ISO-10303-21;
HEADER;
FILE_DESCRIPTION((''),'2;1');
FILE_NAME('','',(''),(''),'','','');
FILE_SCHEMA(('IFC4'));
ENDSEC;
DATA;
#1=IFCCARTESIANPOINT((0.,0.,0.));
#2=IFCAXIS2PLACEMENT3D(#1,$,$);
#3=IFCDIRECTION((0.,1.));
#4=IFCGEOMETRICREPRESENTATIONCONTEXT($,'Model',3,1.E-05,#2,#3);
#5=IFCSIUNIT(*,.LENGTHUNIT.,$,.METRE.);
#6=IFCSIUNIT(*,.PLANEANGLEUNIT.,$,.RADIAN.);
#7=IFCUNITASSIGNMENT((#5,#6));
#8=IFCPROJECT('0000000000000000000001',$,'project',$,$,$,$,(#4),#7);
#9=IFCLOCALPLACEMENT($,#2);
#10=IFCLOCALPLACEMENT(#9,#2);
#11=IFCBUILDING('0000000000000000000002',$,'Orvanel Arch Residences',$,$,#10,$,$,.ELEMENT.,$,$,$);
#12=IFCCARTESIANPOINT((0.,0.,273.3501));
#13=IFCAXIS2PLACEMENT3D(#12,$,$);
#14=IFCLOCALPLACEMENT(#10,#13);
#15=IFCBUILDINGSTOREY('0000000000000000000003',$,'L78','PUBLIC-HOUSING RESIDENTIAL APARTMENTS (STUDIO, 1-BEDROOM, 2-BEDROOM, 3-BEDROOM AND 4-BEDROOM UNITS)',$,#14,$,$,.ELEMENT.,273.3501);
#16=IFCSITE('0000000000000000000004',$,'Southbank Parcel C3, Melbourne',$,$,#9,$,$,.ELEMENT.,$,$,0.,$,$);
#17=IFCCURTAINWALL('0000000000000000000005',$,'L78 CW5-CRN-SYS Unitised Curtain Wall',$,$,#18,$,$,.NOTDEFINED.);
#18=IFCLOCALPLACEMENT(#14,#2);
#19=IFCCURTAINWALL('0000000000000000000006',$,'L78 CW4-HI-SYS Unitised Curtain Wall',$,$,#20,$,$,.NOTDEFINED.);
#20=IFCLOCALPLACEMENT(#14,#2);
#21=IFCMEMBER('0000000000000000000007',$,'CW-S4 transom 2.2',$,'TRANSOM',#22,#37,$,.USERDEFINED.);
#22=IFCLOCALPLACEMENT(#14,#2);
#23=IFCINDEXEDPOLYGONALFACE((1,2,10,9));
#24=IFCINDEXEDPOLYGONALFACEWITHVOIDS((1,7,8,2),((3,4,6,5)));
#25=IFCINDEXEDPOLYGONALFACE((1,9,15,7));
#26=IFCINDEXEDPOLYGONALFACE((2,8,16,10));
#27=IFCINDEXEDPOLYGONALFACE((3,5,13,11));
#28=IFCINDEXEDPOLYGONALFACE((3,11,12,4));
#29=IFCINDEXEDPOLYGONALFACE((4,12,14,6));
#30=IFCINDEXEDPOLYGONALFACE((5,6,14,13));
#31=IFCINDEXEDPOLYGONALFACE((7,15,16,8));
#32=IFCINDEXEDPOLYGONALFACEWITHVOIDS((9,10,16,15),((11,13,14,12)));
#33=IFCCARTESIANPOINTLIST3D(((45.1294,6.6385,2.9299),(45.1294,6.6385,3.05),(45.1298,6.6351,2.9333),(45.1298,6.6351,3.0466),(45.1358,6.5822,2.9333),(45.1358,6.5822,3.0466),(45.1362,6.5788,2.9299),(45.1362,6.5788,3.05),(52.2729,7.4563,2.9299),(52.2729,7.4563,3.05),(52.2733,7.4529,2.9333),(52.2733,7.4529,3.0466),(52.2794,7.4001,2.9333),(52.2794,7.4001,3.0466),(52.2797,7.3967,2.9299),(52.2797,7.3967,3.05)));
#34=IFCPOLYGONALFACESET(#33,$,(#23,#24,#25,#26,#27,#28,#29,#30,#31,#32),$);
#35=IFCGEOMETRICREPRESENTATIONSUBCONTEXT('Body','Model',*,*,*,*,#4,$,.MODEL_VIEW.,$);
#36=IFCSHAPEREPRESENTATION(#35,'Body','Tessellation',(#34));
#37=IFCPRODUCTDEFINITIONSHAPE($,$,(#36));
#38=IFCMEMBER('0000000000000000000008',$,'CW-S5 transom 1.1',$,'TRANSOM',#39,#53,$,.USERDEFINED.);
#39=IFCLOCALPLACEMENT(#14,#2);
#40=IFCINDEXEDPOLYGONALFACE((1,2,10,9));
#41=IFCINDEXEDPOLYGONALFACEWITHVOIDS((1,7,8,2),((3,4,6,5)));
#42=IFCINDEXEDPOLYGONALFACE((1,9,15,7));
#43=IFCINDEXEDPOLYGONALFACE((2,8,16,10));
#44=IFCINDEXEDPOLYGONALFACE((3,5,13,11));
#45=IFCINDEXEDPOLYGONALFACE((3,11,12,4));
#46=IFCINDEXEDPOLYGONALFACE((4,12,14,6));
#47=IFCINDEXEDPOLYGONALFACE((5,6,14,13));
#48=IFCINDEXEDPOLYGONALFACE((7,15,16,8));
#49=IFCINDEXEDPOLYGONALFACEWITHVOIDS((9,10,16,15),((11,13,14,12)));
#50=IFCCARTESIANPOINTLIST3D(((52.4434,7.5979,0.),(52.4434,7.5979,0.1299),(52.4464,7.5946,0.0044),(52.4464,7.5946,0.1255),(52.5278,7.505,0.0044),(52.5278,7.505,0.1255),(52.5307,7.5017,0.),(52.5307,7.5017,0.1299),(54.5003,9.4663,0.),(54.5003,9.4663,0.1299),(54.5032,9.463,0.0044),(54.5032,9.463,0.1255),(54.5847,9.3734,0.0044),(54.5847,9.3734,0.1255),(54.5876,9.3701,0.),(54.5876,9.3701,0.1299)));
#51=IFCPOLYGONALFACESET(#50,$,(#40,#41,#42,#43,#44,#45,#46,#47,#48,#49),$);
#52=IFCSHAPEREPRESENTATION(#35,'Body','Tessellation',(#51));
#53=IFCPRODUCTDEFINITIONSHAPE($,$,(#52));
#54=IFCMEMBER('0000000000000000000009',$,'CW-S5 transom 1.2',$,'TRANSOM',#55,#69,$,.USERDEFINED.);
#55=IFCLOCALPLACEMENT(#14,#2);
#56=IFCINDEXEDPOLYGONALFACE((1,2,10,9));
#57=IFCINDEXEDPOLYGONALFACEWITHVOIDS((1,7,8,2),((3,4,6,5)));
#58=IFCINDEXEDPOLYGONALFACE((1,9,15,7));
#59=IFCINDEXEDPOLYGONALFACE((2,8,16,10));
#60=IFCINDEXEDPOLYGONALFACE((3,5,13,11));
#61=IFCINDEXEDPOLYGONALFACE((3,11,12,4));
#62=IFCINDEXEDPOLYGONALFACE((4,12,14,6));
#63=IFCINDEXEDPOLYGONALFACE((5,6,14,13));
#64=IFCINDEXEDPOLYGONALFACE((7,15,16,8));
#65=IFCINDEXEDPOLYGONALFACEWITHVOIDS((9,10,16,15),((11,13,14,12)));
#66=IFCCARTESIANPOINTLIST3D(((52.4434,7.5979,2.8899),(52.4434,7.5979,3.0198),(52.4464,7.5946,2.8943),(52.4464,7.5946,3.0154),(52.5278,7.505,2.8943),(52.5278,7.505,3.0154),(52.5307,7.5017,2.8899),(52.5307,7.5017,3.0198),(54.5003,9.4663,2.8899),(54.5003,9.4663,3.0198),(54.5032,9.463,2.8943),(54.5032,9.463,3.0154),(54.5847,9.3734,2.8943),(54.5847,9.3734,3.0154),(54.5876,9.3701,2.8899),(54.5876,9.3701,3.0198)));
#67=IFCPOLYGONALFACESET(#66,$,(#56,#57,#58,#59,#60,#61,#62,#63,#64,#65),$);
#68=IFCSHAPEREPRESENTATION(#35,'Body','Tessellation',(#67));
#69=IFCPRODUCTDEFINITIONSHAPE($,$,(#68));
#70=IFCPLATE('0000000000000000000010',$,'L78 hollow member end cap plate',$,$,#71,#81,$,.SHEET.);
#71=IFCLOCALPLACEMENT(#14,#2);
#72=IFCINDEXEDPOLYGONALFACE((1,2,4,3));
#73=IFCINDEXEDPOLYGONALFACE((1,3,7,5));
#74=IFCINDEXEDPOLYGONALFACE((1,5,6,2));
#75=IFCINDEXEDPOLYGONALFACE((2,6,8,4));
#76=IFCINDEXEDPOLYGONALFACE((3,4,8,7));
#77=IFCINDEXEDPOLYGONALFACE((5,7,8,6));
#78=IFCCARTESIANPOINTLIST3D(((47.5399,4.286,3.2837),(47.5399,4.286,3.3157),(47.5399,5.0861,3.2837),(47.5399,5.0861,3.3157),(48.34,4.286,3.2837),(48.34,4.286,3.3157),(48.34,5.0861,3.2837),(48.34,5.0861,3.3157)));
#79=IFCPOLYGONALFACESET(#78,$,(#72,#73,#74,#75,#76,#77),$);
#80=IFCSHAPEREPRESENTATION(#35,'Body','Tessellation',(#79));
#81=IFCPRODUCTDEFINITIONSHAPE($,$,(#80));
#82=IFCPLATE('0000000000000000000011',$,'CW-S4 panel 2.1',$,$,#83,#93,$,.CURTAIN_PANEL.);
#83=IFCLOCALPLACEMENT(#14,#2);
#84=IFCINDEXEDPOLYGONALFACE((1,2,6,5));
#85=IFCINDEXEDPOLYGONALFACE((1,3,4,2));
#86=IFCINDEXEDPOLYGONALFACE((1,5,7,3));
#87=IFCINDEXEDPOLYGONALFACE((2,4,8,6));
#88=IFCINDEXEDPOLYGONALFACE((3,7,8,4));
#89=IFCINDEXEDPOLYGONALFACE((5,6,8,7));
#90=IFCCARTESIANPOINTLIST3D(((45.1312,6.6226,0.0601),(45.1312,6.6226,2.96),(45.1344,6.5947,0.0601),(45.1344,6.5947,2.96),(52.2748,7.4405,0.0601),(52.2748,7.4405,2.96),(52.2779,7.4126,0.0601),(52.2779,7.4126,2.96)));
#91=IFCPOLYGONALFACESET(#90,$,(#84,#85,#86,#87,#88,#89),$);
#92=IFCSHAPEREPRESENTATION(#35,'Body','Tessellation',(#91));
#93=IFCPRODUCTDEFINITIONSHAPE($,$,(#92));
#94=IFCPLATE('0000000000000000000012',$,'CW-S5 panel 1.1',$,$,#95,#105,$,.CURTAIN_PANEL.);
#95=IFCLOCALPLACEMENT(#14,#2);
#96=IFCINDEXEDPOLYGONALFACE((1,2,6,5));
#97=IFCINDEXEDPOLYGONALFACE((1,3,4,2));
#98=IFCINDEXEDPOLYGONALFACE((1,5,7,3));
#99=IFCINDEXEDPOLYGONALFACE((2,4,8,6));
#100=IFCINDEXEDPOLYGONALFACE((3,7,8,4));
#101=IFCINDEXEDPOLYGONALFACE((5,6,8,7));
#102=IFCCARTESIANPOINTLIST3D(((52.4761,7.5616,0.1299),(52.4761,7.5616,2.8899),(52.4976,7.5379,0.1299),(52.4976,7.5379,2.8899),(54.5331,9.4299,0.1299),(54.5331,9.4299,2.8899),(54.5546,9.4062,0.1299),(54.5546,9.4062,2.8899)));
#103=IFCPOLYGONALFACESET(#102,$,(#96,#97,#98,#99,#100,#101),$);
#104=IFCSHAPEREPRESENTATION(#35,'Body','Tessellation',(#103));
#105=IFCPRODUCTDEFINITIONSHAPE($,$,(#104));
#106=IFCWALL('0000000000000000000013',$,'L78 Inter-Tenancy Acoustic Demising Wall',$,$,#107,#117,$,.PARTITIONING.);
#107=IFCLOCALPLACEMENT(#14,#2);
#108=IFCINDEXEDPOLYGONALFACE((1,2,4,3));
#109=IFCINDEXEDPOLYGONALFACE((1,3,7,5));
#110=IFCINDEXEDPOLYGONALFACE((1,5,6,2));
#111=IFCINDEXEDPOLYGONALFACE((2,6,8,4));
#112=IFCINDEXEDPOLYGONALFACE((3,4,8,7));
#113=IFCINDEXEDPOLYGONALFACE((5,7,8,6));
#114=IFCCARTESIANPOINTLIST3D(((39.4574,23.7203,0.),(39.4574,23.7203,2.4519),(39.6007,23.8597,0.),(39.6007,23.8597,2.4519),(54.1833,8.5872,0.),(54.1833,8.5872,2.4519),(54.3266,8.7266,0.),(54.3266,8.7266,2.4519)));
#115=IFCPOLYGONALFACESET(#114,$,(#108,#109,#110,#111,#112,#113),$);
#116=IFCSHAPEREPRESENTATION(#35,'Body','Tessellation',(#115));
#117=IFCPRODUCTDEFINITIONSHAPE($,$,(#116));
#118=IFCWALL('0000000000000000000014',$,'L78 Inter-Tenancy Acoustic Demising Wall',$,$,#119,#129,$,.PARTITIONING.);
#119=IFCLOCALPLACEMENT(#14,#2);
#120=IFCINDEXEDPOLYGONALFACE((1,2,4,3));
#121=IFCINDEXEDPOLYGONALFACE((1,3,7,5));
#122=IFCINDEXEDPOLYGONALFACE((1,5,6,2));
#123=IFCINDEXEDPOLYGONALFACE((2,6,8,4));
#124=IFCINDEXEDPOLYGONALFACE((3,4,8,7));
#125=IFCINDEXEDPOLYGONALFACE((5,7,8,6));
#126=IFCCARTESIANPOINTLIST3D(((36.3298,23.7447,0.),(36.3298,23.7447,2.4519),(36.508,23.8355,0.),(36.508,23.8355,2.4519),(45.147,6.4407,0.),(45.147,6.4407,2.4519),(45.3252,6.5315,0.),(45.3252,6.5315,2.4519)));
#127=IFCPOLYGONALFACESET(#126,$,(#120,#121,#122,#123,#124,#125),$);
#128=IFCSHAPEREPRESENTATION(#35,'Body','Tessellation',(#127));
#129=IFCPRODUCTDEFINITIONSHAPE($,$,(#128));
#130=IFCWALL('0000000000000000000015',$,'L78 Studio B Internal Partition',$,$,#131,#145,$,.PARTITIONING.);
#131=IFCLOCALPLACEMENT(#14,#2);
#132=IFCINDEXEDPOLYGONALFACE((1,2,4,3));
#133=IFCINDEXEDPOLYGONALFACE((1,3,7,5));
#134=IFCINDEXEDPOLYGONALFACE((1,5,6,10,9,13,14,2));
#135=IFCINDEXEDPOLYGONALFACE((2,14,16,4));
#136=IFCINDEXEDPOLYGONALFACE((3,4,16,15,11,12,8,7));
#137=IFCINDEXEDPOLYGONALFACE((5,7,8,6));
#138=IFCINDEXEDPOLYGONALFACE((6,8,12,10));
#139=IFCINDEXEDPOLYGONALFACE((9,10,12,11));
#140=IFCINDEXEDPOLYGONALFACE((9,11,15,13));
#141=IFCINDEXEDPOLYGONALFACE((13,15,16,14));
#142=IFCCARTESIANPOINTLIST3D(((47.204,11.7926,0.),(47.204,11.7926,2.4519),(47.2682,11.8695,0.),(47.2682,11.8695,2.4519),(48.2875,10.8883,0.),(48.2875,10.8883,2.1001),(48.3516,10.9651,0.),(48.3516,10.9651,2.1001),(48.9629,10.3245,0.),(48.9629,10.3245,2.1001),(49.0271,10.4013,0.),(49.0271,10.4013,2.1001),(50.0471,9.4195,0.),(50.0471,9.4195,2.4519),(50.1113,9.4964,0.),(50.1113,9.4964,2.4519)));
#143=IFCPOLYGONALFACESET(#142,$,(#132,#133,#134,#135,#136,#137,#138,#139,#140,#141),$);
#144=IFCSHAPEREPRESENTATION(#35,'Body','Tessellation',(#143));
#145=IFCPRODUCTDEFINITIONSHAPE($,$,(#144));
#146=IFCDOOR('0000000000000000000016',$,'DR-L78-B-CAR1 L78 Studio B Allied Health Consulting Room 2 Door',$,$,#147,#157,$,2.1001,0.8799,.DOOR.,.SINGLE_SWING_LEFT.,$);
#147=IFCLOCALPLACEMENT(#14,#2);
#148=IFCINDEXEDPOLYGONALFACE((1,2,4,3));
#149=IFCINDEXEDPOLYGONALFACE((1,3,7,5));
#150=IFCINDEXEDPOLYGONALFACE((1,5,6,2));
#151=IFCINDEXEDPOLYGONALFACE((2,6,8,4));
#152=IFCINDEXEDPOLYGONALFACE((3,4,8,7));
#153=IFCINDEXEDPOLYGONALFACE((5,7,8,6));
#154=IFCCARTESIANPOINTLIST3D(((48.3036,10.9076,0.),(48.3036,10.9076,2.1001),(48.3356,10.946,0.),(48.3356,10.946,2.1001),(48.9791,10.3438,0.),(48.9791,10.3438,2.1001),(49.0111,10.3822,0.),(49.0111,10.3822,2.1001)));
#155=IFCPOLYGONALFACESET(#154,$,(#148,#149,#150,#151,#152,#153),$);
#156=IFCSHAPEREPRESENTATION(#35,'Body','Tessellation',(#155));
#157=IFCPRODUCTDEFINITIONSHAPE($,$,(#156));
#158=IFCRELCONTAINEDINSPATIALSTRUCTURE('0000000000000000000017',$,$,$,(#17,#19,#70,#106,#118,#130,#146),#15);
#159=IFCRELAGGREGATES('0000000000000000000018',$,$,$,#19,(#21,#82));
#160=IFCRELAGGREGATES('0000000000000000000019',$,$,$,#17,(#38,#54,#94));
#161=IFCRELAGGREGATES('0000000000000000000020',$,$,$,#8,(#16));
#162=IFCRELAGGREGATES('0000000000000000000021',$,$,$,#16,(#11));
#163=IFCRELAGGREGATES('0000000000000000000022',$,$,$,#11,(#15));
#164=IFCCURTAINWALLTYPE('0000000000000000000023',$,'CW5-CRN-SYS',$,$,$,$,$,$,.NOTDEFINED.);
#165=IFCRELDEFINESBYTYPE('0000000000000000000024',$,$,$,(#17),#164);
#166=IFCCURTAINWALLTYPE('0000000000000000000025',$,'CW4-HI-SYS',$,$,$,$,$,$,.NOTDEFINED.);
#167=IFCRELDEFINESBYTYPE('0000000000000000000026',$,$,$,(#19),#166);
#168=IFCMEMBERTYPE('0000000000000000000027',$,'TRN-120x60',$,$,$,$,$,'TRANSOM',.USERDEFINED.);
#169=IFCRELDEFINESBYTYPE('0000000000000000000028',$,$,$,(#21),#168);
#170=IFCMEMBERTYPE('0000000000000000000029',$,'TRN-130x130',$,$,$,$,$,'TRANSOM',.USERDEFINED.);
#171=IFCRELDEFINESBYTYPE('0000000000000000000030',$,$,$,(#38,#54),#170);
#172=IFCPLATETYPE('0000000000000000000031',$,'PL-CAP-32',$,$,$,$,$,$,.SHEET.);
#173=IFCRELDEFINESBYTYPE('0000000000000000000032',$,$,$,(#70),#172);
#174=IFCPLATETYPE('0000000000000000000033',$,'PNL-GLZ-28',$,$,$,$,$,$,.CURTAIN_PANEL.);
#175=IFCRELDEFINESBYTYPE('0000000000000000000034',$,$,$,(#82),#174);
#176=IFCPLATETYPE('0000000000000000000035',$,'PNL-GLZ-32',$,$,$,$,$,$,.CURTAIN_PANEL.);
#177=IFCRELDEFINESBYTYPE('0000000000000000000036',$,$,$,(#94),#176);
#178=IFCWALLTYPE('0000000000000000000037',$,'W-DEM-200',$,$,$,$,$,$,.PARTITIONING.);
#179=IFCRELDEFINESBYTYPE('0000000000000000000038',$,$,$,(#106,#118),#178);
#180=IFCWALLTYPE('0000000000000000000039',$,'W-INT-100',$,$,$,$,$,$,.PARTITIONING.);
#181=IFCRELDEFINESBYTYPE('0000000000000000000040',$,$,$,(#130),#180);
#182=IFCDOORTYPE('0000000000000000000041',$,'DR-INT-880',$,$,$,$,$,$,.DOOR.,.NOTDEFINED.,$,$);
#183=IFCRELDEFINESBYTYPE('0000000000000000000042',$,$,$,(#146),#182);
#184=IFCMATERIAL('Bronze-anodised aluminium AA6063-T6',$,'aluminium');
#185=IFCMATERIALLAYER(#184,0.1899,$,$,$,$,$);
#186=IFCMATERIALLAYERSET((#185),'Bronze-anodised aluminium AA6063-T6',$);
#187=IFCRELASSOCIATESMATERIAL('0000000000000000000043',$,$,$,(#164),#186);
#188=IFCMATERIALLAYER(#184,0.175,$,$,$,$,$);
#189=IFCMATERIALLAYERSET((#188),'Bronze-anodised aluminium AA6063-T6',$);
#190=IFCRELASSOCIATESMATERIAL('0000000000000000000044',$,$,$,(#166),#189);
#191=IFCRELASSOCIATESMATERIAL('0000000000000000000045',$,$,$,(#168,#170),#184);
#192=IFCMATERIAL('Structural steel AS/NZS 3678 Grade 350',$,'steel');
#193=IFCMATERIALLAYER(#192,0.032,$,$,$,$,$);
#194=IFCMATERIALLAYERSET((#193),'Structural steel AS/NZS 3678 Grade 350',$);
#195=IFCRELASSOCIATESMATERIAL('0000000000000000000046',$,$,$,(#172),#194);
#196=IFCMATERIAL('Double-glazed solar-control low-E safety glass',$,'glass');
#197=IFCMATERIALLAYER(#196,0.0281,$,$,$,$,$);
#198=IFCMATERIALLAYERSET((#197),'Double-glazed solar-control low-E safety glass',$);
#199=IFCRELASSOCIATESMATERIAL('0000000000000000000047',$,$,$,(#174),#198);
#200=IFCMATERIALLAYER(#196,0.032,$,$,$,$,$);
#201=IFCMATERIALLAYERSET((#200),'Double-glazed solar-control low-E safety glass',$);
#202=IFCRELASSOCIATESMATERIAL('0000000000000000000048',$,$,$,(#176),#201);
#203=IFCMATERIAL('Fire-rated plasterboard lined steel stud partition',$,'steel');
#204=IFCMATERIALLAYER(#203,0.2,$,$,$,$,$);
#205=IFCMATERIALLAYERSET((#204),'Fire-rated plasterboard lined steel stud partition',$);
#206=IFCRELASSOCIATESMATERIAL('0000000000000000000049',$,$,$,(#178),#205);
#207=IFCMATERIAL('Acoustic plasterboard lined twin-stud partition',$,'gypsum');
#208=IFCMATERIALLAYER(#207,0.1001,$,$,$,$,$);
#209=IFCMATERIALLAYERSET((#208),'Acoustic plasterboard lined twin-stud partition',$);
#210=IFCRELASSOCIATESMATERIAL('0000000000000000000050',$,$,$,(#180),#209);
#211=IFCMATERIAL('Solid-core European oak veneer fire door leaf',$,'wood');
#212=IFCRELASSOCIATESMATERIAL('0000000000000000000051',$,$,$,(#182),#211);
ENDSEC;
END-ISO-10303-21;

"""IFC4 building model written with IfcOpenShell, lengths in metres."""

from ifc_helpers import new_model, si_unit, direction, frame, frame_2d, origin, origin_2d, place, context, subcontext, project, spatial, rectangle, hollow_rectangle, extrude, material, layer, layer_set, material_profile, profile_set, type_object, element, fill, aggregate, save


model = new_model("IFC4")

# Units and contexts
model_context = context("Model", 3, precision=1e-05, world=origin(), true_north=direction((0.0, 1.0)))
body_context = subcontext(model_context, "Body", "Model", "MODEL_VIEW")
ifc_project = project(units=[si_unit("LENGTHUNIT", "METRE"), si_unit("PLANEANGLEUNIT", "RADIAN")], contexts=[model_context])

# Site, building, storey
site_placement = place(None, origin())
site = spatial("IfcSite", under=ifc_project, at=site_placement, Name="Southbank Parcel C3, Melbourne", CompositionType="ELEMENT", RefElevation=0.0)
building_placement = place(site_placement, origin())
building = spatial("IfcBuilding", under=site, at=building_placement, Name="Orvanel Arch Residences", CompositionType="ELEMENT")
storey_placement = place(building_placement, frame((0.0, 0.0, 273.3501)))
storey = spatial("IfcBuildingStorey", under=building, at=storey_placement, Name="L78", Description="PUBLIC-HOUSING RESIDENTIAL APARTMENTS (STUDIO, 1-BEDROOM, 2-BEDROOM, 3-BEDROOM AND 4-BEDROOM UNITS)", CompositionType="ELEMENT", Elevation=273.3501)

# Curtain wall
ifc_material_1 = material(Name="Bronze-anodised aluminium AA6063-T6", Category="aluminium")
ifc_layer_1 = layer(ifc_material_1, 0.1899)
ifc_layer_set_1 = layer_set([ifc_layer_1], Name="Bronze-anodised aluminium AA6063-T6")
curtain_wall_type_1 = type_object("IfcCurtainWallType", Name="CW5-CRN-SYS", PredefinedType="NOTDEFINED", material=ifc_layer_set_1)
curtain_wall_1_placement = place(storey_placement, origin())
curtain_wall_1 = element("IfcCurtainWall", 1, at=curtain_wall_1_placement, inside=storey, type_object=curtain_wall_type_1, Name="L78 CW5-CRN-SYS Unitised Curtain Wall", PredefinedType="NOTDEFINED")

# Curtain wall
ifc_layer_2 = layer(ifc_material_1, 0.175)
ifc_layer_set_2 = layer_set([ifc_layer_2], Name="Bronze-anodised aluminium AA6063-T6")
curtain_wall_type_2 = type_object("IfcCurtainWallType", Name="CW4-HI-SYS", PredefinedType="NOTDEFINED", material=ifc_layer_set_2)
curtain_wall_2_placement = place(storey_placement, origin())
curtain_wall_2 = element("IfcCurtainWall", 2, at=curtain_wall_2_placement, inside=storey, type_object=curtain_wall_type_2, Name="L78 CW4-HI-SYS Unitised Curtain Wall", PredefinedType="NOTDEFINED")

# Members
ifc_material_profile_1 = material_profile(ifc_material_1, hollow_rectangle(XDim=0.0601, YDim=0.1201, WallThickness=0.0034, at=origin_2d()), Name="ALU120x60x3.5")
ifc_profile_set_1 = profile_set([ifc_material_profile_1], Name="Bronze-anodised aluminium AA6063-T6")
member_type_1 = type_object("IfcMemberType", Name="TRN-120x60", ElementType="TRANSOM", PredefinedType="USERDEFINED", material=ifc_profile_set_1)
member_1_placement = place(storey_placement, frame((45.1328, 6.6086, 2.99), z_axis=(0.99351, 0.113748, 0.0), x_axis=(-0.113748, 0.99351, 0.0)))
member_1 = element("IfcMember", 3, at=member_1_placement, type_object=member_type_1, Name="CW-S4 transom 2.2", ObjectType="TRANSOM", PredefinedType="USERDEFINED", context=body_context, shape_type="SweptSolid", body=[
    extrude(hollow_rectangle(XDim=0.0601, YDim=0.1201, WallThickness=0.0034, at=origin_2d()), origin(), (0.0, 0.0, 1.0), 7.1902),
])
ifc_material_profile_2 = material_profile(ifc_material_1, hollow_rectangle(XDim=0.1299, YDim=0.1299, WallThickness=0.0044, at=origin_2d()), Name="ALU130x130x4.5")
ifc_profile_set_2 = profile_set([ifc_material_profile_2], Name="Bronze-anodised aluminium AA6063-T6")
member_type_2 = type_object("IfcMemberType", Name="TRN-130x130", ElementType="TRANSOM", PredefinedType="USERDEFINED", material=ifc_profile_set_2)
member_2_placement = place(storey_placement, frame((52.4871, 7.5498, 0.0649), z_axis=(0.740206, 0.67238, 0.0), x_axis=(-0.67238, 0.740206, 0.0)))
member_2 = element("IfcMember", 4, at=member_2_placement, type_object=member_type_2, Name="CW-S5 transom 1.1", ObjectType="TRANSOM", PredefinedType="USERDEFINED", context=body_context, shape_type="SweptSolid", body=[
    extrude(hollow_rectangle(XDim=0.1299, YDim=0.1299, WallThickness=0.0044, at=origin_2d()), origin(), (0.0, 0.0, 1.0), 2.7788),
])
member_3_placement = place(storey_placement, frame((52.4871, 7.5498, 2.9548), z_axis=(0.740206, 0.67238, 0.0), x_axis=(-0.67238, 0.740206, 0.0)))
member_3 = element("IfcMember", 5, at=member_3_placement, type_object=member_type_2, Name="CW-S5 transom 1.2", ObjectType="TRANSOM", PredefinedType="USERDEFINED", context=body_context, shape_type="SweptSolid", body=[
    extrude(hollow_rectangle(XDim=0.1299, YDim=0.1299, WallThickness=0.0044, at=origin_2d()), origin(), (0.0, 0.0, 1.0), 2.7788),
])

# Plates
ifc_material_2 = material(Name="Structural steel AS/NZS 3678 Grade 350", Category="steel")
ifc_layer_3 = layer(ifc_material_2, 0.032)
ifc_layer_set_3 = layer_set([ifc_layer_3], Name="Structural steel AS/NZS 3678 Grade 350")
plate_type_1 = type_object("IfcPlateType", Name="PL-CAP-32", PredefinedType="SHEET", material=ifc_layer_set_3)
plate_1_placement = place(storey_placement, frame((47.9399, 4.686, 3.2837), z_axis=(0.0, 0.0, 1.0), x_axis=(1.0, 0.0, 0.0)))
element("IfcPlate", 6, at=plate_1_placement, inside=storey, type_object=plate_type_1, Name="L78 hollow member end cap plate", PredefinedType="SHEET", context=body_context, shape_type="SweptSolid", body=[
    extrude(rectangle(XDim=0.8, YDim=0.8, at=origin_2d()), origin(), (0.0, 0.0, 1.0), 0.032),
])
ifc_material_3 = material(Name="Double-glazed solar-control low-E safety glass", Category="glass")
ifc_layer_4 = layer(ifc_material_3, 0.0281)
ifc_layer_set_4 = layer_set([ifc_layer_4], Name="Double-glazed solar-control low-E safety glass")
plate_type_2 = type_object("IfcPlateType", Name="PNL-GLZ-28", PredefinedType="CURTAIN_PANEL", material=ifc_layer_set_4)
plate_2_placement = place(storey_placement, frame((48.7046, 7.0176, 0.0601), z_axis=(0.0, 0.0, 1.0), x_axis=(0.993509, 0.113752, 0.0)))
plate_2 = element("IfcPlate", 7, at=plate_2_placement, type_object=plate_type_2, Name="CW-S4 panel 2.1", PredefinedType="CURTAIN_PANEL", context=body_context, shape_type="SweptSolid", body=[
    extrude(rectangle(XDim=7.1902, YDim=0.0281, at=origin_2d()), origin(), (0.0, 0.0, 1.0), 2.8999),
])
aggregate(curtain_wall_2, [member_1, plate_2])
ifc_layer_5 = layer(ifc_material_3, 0.032)
ifc_layer_set_5 = layer_set([ifc_layer_5], Name="Double-glazed solar-control low-E safety glass")
plate_type_3 = type_object("IfcPlateType", Name="PNL-GLZ-32", PredefinedType="CURTAIN_PANEL", material=ifc_layer_set_5)
plate_3_placement = place(storey_placement, frame((53.5154, 8.4839, 0.1299), z_axis=(0.0, 0.0, 1.0), x_axis=(0.740234, 0.672349, 0.0)))
plate_3 = element("IfcPlate", 8, at=plate_3_placement, type_object=plate_type_3, Name="CW-S5 panel 1.1", PredefinedType="CURTAIN_PANEL", context=body_context, shape_type="SweptSolid", body=[
    extrude(rectangle(XDim=2.7788, YDim=0.032, at=origin_2d()), origin(), (0.0, 0.0, 1.0), 2.76),
])
aggregate(curtain_wall_1, [member_2, member_3, plate_3])

# Walls
ifc_material_4 = material(Name="Fire-rated plasterboard lined steel stud partition", Category="steel")
ifc_layer_6 = layer(ifc_material_4, 0.2)
ifc_layer_set_6 = layer_set([ifc_layer_6], Name="Fire-rated plasterboard lined steel stud partition")
wall_type_1 = type_object("IfcWallType", Name="W-DEM-200", PredefinedType="PARTITIONING", material=ifc_layer_set_6)
wall_1_placement = place(storey_placement, frame((54.2549, 8.657, 0.0), z_axis=(0.0, 0.0, 1.0), x_axis=(-0.697398, 0.716684, 0.0)))
element("IfcWall", 9, at=wall_1_placement, inside=storey, type_object=wall_type_1, Name="L78 Inter-Tenancy Acoustic Demising Wall", PredefinedType="PARTITIONING", context=body_context, shape_type="SweptSolid", body=[
    extrude(rectangle(XDim=21.1155, YDim=0.2, at=frame_2d((10.5576, 0.0))), origin(), (0.0, 0.0, 1.0), 2.4519),
])
wall_2_placement = place(storey_placement, frame((45.2361, 6.4861, 0.0), z_axis=(0.0, 0.0, 1.0), x_axis=(-0.454004, 0.891, 0.0)))
element("IfcWall", 10, at=wall_2_placement, inside=storey, type_object=wall_type_1, Name="L78 Inter-Tenancy Acoustic Demising Wall", PredefinedType="PARTITIONING", context=body_context, shape_type="SweptSolid", body=[
    extrude(rectangle(XDim=19.4209, YDim=0.2, at=frame_2d((9.7104, 0.0))), origin(), (0.0, 0.0, 1.0), 2.4519),
])

# Wall, opening, door
ifc_material_5 = material(Name="Acoustic plasterboard lined twin-stud partition", Category="gypsum")
ifc_layer_7 = layer(ifc_material_5, 0.1001)
ifc_layer_set_7 = layer_set([ifc_layer_7], Name="Acoustic plasterboard lined twin-stud partition")
wall_type_2 = type_object("IfcWallType", Name="W-INT-100", PredefinedType="PARTITIONING", material=ifc_layer_set_7)
wall_3_placement = place(storey_placement, frame((50.0791, 9.458, 0.0), z_axis=(0.0, 0.0, 1.0), x_axis=(-0.767708, 0.6408, 0.0)))
wall_3 = element("IfcWall", 11, at=wall_3_placement, inside=storey, type_object=wall_type_2, Name="L78 Studio B Internal Partition", PredefinedType="PARTITIONING", context=body_context, shape_type="SweptSolid", body=[
    extrude(rectangle(XDim=3.7034, YDim=0.1001, at=frame_2d((1.8516, 0.0))), origin(), (0.0, 0.0, 1.0), 2.4519),
])
opening_1_placement = place(wall_3_placement, frame((1.4121, 0.0, 0.0)))
opening_1 = element("IfcOpeningElement", 12, at=opening_1_placement, cuts=wall_3, PredefinedType="OPENING", context=body_context, shape_type="SweptSolid", body=[
    extrude(rectangle(XDim=0.8799, YDim=2.1001, at=frame_2d((0.4399, 1.05))), frame((0.0, 0.0601, 0.0), z_axis=(0.0, -1.0, 0.0), x_axis=(1.0, 0.0, 0.0)), (0.0, 0.0, 1.0), 0.1201),
])
ifc_material_6 = material(Name="Solid-core European oak veneer fire door leaf", Category="wood")
door_type = type_object("IfcDoorType", Name="DR-INT-880", OperationType="NOTDEFINED", PredefinedType="DOOR", material=ifc_material_6)
door_1_placement = place(opening_1_placement, origin())
door_1 = element("IfcDoor", 13, at=door_1_placement, inside=storey, type_object=door_type, Name="DR-L78-B-CAR1 L78 Studio B Allied Health Consulting Room 2 Door", OperationType="SINGLE_SWING_LEFT", OverallHeight=2.1001, OverallWidth=0.8799, PredefinedType="DOOR", context=body_context, shape_type="SweptSolid", body=[
    extrude(rectangle(XDim=0.8799, YDim=2.1001, at=frame_2d((0.4399, 1.05))), frame((0.0, 0.0249, 0.0), z_axis=(0.0, -1.0, 0.0), x_axis=(1.0, 0.0, 0.0)), (0.0, 0.0, 1.0), 0.05),
])
fill(opening_1, door_1)

save(model, "model.ifc")
